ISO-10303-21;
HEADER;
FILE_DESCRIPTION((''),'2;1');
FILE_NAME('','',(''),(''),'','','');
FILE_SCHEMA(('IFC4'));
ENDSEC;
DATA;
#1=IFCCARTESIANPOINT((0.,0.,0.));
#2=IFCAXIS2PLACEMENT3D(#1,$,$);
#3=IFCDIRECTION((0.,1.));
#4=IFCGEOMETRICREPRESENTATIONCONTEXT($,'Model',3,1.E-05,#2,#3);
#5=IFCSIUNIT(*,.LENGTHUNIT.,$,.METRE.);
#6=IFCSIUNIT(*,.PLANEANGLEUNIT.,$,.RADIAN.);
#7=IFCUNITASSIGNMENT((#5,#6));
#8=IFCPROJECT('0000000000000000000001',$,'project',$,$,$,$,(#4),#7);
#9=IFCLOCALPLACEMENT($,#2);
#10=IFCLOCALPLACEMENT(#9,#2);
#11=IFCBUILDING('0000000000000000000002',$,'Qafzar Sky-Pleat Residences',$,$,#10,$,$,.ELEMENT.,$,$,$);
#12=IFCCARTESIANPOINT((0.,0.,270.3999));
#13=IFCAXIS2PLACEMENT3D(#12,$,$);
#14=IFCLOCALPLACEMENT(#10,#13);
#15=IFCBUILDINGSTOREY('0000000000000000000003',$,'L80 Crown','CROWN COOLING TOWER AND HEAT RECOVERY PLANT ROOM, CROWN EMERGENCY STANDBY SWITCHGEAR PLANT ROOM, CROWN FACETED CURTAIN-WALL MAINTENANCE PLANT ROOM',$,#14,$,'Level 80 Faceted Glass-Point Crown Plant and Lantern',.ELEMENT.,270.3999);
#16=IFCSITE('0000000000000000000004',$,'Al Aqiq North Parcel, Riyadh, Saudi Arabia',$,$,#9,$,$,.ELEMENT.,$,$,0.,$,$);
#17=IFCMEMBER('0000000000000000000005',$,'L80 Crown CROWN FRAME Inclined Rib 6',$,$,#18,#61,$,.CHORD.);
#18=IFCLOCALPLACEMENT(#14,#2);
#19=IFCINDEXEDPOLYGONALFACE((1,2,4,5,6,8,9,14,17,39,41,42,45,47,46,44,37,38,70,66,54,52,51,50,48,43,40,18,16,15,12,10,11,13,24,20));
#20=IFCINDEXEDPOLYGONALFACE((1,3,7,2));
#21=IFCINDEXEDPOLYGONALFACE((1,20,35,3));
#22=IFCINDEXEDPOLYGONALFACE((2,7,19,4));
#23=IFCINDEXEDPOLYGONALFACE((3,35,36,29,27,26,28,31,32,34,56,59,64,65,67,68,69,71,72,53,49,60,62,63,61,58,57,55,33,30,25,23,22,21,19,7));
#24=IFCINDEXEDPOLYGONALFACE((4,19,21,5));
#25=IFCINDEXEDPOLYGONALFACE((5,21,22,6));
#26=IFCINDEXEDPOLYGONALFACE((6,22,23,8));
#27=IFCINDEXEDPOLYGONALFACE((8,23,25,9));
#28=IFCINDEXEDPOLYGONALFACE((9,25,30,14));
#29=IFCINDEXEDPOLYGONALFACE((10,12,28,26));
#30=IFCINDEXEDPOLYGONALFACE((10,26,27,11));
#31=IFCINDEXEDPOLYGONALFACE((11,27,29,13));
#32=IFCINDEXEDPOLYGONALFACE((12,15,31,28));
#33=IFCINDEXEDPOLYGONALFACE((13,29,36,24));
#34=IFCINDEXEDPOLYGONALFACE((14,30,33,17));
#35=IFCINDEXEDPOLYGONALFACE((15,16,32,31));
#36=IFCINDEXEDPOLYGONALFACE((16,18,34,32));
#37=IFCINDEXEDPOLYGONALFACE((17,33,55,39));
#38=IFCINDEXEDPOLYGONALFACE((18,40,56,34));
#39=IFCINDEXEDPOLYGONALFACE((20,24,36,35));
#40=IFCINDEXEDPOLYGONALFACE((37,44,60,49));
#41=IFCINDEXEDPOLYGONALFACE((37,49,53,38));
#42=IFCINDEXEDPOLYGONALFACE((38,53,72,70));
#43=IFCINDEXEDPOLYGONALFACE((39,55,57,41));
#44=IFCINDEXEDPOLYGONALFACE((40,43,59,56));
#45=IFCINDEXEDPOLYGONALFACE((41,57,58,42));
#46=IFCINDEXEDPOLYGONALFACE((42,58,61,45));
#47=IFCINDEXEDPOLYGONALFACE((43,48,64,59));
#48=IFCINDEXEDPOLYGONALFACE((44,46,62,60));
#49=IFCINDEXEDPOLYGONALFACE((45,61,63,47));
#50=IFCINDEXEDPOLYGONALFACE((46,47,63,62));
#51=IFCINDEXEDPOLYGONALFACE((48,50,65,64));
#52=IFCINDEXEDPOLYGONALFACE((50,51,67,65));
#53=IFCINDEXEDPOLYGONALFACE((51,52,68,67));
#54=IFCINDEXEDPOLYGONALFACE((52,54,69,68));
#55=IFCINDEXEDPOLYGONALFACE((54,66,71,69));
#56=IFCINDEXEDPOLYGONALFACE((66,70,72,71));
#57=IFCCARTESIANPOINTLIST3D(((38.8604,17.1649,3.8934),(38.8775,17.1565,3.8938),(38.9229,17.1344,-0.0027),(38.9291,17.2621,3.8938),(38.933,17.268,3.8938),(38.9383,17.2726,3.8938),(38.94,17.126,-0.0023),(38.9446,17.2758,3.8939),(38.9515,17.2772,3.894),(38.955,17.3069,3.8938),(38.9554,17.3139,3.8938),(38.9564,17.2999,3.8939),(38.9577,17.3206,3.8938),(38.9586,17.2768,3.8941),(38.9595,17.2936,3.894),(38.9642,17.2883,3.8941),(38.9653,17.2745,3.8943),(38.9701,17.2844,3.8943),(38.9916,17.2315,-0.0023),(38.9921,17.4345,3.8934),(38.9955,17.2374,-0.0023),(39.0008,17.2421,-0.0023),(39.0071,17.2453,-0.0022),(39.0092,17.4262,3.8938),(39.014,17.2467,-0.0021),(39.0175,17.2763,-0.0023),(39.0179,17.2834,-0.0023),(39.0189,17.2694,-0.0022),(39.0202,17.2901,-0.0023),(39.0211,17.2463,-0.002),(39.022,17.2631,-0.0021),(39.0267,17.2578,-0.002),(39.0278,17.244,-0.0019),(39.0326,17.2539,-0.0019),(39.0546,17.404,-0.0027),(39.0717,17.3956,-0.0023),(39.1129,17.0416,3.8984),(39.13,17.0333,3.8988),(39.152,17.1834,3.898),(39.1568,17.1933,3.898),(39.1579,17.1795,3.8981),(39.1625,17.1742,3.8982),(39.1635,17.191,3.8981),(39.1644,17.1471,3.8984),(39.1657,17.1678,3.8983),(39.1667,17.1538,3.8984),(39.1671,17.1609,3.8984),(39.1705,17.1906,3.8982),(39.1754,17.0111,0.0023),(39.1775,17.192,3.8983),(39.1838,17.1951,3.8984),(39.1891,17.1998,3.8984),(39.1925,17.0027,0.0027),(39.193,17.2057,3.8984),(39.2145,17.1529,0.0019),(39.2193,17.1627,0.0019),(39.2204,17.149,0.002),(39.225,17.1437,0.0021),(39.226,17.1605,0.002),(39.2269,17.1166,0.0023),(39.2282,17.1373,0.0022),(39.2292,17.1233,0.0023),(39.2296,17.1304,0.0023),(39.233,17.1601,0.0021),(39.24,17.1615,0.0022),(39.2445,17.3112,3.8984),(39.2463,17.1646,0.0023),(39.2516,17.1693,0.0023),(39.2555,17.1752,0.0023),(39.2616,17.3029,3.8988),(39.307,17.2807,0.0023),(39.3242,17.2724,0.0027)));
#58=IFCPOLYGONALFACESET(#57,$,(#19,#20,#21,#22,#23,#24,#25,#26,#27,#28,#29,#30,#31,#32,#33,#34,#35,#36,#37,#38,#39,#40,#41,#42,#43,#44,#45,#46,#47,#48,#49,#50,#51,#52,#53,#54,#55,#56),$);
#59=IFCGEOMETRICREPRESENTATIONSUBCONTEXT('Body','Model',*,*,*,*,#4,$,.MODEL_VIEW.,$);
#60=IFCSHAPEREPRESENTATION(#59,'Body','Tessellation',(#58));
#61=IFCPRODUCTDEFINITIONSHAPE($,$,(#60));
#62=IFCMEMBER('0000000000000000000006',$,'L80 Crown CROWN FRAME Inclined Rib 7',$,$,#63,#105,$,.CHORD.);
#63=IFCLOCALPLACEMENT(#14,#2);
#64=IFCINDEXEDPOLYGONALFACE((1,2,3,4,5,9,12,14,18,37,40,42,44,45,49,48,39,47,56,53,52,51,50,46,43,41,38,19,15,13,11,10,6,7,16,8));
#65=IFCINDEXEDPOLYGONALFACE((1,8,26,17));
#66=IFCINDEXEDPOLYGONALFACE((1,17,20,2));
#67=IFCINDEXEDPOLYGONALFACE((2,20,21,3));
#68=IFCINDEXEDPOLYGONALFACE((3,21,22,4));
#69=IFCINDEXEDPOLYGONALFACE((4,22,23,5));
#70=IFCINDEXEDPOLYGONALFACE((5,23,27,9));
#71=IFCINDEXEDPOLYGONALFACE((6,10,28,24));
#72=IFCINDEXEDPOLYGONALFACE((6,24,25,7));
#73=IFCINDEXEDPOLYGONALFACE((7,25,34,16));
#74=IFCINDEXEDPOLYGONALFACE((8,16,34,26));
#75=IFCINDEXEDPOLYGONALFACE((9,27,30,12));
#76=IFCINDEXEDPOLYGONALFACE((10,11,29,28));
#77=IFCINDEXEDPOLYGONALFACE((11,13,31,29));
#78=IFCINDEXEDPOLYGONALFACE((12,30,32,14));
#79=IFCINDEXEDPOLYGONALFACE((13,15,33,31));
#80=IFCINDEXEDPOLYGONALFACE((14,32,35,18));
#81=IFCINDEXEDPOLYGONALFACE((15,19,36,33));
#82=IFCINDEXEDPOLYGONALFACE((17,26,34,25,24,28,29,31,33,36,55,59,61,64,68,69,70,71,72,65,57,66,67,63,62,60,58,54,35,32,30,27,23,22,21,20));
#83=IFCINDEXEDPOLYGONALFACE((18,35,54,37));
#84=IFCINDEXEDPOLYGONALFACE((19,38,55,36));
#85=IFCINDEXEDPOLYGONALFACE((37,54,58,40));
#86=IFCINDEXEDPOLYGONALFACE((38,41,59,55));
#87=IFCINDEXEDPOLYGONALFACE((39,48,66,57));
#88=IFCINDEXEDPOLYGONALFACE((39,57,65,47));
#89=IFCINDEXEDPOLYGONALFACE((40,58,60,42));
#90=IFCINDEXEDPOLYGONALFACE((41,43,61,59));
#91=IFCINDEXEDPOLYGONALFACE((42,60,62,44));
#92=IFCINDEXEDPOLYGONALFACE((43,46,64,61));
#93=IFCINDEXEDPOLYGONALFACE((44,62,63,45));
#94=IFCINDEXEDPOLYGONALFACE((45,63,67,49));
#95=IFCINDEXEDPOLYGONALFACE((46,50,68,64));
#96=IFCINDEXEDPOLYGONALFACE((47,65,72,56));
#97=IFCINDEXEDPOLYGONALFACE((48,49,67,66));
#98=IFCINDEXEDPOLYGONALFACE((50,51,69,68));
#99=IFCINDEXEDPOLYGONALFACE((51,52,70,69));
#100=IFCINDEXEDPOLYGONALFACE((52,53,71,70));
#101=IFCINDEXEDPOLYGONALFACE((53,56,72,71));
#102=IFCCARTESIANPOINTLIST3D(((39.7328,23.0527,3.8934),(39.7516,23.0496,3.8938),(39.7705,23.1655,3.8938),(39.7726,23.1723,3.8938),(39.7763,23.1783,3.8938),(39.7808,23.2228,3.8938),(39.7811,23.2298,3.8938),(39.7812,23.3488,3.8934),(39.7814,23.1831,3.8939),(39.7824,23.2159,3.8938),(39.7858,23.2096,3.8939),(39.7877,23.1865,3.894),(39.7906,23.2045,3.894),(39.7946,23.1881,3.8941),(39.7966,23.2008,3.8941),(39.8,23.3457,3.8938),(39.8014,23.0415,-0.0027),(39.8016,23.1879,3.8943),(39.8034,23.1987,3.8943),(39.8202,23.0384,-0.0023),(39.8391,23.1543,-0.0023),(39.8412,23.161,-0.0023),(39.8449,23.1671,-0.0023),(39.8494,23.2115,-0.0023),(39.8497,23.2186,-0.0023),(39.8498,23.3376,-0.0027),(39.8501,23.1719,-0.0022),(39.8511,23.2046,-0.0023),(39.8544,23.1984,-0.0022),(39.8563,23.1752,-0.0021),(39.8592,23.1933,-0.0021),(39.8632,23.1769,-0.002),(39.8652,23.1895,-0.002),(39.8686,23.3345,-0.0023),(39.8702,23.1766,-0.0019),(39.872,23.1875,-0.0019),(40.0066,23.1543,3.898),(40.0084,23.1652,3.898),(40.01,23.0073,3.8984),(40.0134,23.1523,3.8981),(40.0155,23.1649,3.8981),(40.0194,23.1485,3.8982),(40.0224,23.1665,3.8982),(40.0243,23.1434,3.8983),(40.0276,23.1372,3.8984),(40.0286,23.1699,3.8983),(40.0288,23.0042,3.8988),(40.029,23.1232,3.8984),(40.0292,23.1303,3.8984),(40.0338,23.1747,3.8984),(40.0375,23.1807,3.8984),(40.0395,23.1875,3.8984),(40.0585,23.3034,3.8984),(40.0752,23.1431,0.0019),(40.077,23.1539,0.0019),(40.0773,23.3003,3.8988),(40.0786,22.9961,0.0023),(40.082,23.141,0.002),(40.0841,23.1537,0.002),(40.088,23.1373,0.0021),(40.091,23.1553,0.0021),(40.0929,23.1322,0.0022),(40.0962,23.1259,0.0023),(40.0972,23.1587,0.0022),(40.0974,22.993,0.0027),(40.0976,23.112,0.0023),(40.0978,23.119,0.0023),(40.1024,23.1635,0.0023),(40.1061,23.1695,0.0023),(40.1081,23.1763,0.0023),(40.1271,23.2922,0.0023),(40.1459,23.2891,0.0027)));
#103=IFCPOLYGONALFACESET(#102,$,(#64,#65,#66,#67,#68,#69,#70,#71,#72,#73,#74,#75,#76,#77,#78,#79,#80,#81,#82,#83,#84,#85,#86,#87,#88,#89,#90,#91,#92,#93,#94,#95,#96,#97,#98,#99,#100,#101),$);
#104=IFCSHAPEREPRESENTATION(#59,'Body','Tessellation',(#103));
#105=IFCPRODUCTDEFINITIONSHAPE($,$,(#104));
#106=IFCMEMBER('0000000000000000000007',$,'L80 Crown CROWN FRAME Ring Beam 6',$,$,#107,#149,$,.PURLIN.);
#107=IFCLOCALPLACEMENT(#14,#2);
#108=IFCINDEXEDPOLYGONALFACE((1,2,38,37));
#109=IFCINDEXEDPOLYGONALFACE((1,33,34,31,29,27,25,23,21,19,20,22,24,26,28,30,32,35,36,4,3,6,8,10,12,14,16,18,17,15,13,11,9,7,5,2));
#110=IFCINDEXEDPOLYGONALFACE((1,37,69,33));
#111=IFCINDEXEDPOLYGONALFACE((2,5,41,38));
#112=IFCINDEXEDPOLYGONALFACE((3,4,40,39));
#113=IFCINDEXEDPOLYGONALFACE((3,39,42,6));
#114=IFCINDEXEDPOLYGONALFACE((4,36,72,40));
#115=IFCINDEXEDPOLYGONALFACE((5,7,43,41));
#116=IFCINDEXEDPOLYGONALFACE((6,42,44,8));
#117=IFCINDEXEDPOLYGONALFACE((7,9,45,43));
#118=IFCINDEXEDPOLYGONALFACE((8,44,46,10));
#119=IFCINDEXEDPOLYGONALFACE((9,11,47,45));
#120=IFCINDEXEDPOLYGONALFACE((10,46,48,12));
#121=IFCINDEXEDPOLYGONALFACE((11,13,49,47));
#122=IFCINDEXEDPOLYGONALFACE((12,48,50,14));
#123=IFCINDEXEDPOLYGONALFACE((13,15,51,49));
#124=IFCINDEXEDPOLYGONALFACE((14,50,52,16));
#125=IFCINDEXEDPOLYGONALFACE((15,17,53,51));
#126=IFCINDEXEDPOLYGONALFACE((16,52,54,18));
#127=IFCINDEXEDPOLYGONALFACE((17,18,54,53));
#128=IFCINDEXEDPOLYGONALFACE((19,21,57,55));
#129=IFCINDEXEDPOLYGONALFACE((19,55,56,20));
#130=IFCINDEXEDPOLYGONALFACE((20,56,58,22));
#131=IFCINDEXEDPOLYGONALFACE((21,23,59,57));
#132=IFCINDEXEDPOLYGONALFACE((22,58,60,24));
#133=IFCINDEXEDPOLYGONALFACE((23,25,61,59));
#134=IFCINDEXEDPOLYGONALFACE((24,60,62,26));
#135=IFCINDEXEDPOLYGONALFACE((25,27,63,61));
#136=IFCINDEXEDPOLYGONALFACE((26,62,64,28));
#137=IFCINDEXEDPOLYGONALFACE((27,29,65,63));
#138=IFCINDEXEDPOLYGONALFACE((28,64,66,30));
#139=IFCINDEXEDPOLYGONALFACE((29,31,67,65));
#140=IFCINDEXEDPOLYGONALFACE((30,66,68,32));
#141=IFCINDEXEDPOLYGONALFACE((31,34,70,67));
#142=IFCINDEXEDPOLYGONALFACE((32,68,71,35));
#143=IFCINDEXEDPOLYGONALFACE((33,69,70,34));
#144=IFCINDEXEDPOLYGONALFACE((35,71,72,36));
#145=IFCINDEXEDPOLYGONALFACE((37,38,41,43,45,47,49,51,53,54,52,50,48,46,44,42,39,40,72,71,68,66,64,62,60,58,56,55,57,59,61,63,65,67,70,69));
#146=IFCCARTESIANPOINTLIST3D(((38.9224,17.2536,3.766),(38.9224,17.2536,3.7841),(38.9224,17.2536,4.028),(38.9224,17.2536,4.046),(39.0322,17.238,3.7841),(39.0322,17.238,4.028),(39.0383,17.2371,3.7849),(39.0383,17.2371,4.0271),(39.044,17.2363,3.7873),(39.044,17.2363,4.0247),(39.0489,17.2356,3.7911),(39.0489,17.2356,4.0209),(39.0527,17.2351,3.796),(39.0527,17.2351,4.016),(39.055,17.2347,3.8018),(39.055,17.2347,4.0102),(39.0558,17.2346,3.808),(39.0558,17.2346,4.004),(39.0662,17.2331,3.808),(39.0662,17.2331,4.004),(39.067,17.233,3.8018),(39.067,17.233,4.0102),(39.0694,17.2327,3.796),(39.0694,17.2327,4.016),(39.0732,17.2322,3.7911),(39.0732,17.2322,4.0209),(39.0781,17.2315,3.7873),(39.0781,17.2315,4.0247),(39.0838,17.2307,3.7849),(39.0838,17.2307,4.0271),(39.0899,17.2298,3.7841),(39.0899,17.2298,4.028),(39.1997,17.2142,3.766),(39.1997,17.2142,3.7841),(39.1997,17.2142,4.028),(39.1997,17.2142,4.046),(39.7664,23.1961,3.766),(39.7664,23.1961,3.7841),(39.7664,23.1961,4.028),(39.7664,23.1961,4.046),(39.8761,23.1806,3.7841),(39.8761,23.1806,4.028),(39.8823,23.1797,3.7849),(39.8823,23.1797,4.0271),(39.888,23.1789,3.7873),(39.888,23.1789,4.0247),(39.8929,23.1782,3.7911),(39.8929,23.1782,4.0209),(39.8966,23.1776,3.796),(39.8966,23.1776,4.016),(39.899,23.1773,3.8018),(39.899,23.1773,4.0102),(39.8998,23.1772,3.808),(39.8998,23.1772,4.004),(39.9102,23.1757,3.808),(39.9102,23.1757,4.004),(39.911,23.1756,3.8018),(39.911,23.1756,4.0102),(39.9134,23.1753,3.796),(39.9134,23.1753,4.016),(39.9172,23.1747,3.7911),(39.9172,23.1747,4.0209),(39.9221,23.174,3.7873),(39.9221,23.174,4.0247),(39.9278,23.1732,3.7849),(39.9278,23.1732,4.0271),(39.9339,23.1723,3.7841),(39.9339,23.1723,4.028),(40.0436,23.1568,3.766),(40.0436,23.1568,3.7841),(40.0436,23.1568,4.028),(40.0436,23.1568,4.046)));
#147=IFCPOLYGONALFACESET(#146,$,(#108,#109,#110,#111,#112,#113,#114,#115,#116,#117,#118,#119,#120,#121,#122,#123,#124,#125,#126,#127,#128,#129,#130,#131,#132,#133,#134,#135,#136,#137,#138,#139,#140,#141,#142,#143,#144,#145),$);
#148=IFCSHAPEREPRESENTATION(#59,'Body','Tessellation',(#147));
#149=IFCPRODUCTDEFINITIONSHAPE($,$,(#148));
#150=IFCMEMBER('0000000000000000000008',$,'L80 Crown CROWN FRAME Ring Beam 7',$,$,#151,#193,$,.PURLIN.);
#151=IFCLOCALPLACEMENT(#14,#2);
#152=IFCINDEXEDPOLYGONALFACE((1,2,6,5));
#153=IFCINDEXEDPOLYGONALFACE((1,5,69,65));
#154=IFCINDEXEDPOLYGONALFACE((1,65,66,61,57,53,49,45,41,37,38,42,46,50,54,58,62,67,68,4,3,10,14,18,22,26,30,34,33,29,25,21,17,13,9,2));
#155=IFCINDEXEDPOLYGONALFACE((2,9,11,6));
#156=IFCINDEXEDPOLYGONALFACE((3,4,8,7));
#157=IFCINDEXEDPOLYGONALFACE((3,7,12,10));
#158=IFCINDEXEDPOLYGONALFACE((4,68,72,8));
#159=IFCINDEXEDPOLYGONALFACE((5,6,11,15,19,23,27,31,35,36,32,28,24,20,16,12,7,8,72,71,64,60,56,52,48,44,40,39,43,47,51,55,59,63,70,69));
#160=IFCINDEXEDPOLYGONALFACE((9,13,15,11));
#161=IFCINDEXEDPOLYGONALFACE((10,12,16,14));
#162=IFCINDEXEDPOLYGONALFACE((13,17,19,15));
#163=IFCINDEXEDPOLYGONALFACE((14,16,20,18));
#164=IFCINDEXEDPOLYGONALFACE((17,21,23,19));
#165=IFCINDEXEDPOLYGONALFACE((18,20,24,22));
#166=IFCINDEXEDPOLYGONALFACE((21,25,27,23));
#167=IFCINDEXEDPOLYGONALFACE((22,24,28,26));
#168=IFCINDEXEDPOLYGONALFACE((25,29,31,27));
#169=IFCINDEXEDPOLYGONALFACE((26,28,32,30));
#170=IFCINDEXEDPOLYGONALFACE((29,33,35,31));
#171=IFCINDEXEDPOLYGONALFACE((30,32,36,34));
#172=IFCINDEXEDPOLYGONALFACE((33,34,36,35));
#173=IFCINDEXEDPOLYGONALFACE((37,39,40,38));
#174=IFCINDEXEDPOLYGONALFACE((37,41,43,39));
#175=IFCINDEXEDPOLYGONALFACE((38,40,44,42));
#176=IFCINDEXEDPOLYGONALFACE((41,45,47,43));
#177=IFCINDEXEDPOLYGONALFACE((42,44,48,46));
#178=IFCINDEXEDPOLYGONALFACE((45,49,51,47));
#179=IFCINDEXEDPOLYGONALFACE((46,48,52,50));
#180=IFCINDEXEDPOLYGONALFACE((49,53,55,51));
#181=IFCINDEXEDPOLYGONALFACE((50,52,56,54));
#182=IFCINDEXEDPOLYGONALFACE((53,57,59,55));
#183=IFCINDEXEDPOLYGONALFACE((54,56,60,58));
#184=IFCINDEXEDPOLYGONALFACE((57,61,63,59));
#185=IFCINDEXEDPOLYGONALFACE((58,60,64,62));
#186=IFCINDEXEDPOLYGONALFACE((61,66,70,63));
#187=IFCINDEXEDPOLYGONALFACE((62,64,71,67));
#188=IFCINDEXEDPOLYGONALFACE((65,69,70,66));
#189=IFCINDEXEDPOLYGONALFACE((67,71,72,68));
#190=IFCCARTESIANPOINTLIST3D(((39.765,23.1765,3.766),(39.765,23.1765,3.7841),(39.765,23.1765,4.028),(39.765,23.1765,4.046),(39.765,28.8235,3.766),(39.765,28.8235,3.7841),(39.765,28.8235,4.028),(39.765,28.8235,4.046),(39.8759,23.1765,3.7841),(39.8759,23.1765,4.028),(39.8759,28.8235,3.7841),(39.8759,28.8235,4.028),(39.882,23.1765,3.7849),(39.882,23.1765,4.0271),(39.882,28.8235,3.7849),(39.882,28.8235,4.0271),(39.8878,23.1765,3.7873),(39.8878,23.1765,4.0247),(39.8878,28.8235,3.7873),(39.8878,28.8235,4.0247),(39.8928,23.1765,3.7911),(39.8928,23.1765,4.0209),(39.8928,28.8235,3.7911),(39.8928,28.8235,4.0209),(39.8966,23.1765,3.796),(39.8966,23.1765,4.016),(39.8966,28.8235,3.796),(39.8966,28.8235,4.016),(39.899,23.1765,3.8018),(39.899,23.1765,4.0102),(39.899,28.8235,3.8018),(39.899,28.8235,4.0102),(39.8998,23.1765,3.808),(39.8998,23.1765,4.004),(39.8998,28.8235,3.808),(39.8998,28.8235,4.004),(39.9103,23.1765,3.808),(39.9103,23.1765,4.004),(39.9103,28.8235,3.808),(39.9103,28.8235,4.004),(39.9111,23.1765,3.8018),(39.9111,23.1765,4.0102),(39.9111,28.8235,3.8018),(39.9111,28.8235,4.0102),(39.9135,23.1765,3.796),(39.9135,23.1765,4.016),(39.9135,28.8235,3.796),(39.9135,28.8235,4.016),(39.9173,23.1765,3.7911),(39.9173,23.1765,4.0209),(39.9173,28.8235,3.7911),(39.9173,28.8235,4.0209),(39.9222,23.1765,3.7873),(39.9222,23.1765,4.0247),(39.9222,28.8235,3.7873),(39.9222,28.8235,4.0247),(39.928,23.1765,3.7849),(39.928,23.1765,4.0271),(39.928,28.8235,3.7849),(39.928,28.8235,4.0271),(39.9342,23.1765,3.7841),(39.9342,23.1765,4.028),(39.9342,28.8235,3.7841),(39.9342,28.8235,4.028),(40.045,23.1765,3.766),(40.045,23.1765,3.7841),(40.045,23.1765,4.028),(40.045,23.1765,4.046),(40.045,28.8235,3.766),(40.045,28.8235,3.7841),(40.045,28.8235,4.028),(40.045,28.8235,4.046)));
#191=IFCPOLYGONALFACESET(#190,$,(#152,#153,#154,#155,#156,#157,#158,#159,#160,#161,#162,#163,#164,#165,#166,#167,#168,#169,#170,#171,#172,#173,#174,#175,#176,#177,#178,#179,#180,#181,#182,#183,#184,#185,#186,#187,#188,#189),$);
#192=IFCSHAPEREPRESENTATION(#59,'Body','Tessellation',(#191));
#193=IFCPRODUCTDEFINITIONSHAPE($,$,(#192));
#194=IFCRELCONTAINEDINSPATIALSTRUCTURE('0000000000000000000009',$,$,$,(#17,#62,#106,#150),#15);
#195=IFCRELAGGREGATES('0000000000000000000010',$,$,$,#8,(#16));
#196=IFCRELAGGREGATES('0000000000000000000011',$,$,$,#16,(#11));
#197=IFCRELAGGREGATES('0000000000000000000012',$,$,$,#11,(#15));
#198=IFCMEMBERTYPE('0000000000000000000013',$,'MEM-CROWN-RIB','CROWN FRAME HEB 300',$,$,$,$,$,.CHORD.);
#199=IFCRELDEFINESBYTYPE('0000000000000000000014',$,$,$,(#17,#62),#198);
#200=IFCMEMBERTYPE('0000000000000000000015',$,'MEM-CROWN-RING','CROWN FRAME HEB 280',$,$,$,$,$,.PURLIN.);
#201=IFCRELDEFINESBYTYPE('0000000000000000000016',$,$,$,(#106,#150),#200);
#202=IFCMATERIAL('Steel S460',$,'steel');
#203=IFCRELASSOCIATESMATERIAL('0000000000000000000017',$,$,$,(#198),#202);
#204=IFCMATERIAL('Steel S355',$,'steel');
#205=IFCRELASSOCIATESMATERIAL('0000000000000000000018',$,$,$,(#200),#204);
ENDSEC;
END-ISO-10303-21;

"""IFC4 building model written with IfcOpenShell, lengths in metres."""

from ifc_helpers import new_model, si_unit, direction, frame, origin, origin_2d, place, context, subcontext, project, spatial, i_section, extrude, source, transform, mapped, material, material_profile, profile_set, type_object, element, save


model = new_model("IFC4")

# Units and contexts
model_context = context("Model", 3, precision=1e-05, world=origin(), true_north=direction((0.0, 1.0)))
body_context = subcontext(model_context, "Body", "Model", "MODEL_VIEW")
ifc_project = project(units=[si_unit("LENGTHUNIT", "METRE"), si_unit("PLANEANGLEUNIT", "RADIAN")], contexts=[model_context])

# Site, building, storey
site_placement = place(None, origin())
site = spatial("IfcSite", under=ifc_project, at=site_placement, Name="Al Aqiq North Parcel, Riyadh, Saudi Arabia", CompositionType="ELEMENT", RefElevation=0.0)
building_placement = place(site_placement, origin())
building = spatial("IfcBuilding", under=site, at=building_placement, Name="Qafzar Sky-Pleat Residences", CompositionType="ELEMENT")
storey_placement = place(building_placement, frame((0.0, 0.0, 270.3999)))
storey = spatial("IfcBuildingStorey", under=building, at=storey_placement, Name="L80 Crown", Description="CROWN COOLING TOWER AND HEAT RECOVERY PLANT ROOM, CROWN EMERGENCY STANDBY SWITCHGEAR PLANT ROOM, CROWN FACETED CURTAIN-WALL MAINTENANCE PLANT ROOM", LongName="Level 80 Faceted Glass-Point Crown Plant and Lantern", CompositionType="ELEMENT", Elevation=270.3999)

# Members
ifc_material_1 = material(Name="Steel S460", Category="steel")
ifc_material_profile_1 = material_profile(ifc_material_1, i_section(OverallWidth=0.3, OverallDepth=0.3, WebThickness=0.011, FlangeThickness=0.019, FilletRadius=0.0271, at=origin_2d()), Name="HEB 300")
ifc_profile_set_1 = profile_set([ifc_material_profile_1], Name="Steel S460")
member_type_1 = type_object("IfcMemberType", Name="MEM-CROWN-RIB", Description="CROWN FRAME HEB 300", PredefinedType="CHORD", material=ifc_profile_set_1)
shared_shape_1 = source(origin(), body_context, "Body", "SweptSolid", [
    extrude(i_section(OverallWidth=0.3, OverallDepth=0.3, WebThickness=0.011, FlangeThickness=0.019, FilletRadius=0.0271, at=origin_2d()), origin(), (0.0, 0.0, 1.0), 3.8967),
])
for number, where, z_axis, x_axis, name in (
    (1, (39.1235, 17.2034, 0.0), (-0.01604, 0.007832, 0.999841), (-0.438769, -0.8986, 0.0), "L80 Crown CROWN FRAME Inclined Rib 6"),
    (2, (39.9736, 23.1653, 0.0), (-0.017606, 0.002882, 0.999841), (-0.161551, -0.986864, 0.0), "L80 Crown CROWN FRAME Inclined Rib 7"),
):
    element("IfcMember", number, at=place(storey_placement, frame(where, z_axis=z_axis, x_axis=x_axis)), inside=storey, type_object=member_type_1, Name=name, PredefinedType="CHORD", context=body_context, shape_type="MappedRepresentation", body=[
        mapped(shared_shape_1, transform((0.0, 0.0, 0.0), x_axis=(1.0, 0.0, 0.0), y_axis=(0.0, 1.0, 0.0), z_axis=(0.0, 0.0, 1.0), scale=1.0)),
    ])
ifc_material_2 = material(Name="Steel S355", Category="steel")
ifc_material_profile_2 = material_profile(ifc_material_2, i_section(OverallWidth=0.28, OverallDepth=0.28, WebThickness=0.0105, FlangeThickness=0.0181, FilletRadius=0.0239, at=origin_2d()), Name="HEB 280")
ifc_profile_set_2 = profile_set([ifc_material_profile_2], Name="Steel S355")
member_type_2 = type_object("IfcMemberType", Name="MEM-CROWN-RING", Description="CROWN FRAME HEB 280", PredefinedType="PURLIN", material=ifc_profile_set_2)
shared_shape_2 = source(origin(), body_context, "Body", "SweptSolid", [
    extrude(i_section(OverallWidth=0.28, OverallDepth=0.28, WebThickness=0.0105, FlangeThickness=0.0181, FilletRadius=0.0239, at=origin_2d()), origin(), (0.0, 0.0, 1.0), 6.0022),
])
member_1_placement = place(storey_placement, frame((39.061, 17.2339, 3.906), z_axis=(0.140613, 0.990065, 0.0), x_axis=(-0.990065, 0.140613, 0.0)))
element("IfcMember", 3, at=member_1_placement, inside=storey, type_object=member_type_2, Name="L80 Crown CROWN FRAME Ring Beam 6", PredefinedType="PURLIN", context=body_context, shape_type="MappedRepresentation", body=[
    mapped(shared_shape_2, transform((0.0, 0.0, 0.0), x_axis=(1.0, 0.0, 0.0), y_axis=(0.0, 1.0, 0.0), z_axis=(0.0, 0.0, 1.0), scale=1.0)),
])
shared_shape_3 = source(origin(), body_context, "Body", "SweptSolid", [
    extrude(i_section(OverallWidth=0.28, OverallDepth=0.28, WebThickness=0.0105, FlangeThickness=0.0181, FilletRadius=0.0239, at=origin_2d()), origin(), (0.0, 0.0, 1.0), 5.647),
])
member_2_placement = place(storey_placement, frame((39.905, 23.1765, 3.906), z_axis=(0.0, 1.0, 0.0), x_axis=(-1.0, 0.0, 0.0)))
element("IfcMember", 4, at=member_2_placement, inside=storey, type_object=member_type_2, Name="L80 Crown CROWN FRAME Ring Beam 7", PredefinedType="PURLIN", context=body_context, shape_type="MappedRepresentation", body=[
    mapped(shared_shape_3, transform((0.0, 0.0, 0.0), x_axis=(1.0, 0.0, 0.0), y_axis=(0.0, 1.0, 0.0), z_axis=(0.0, 0.0, 1.0), scale=1.0)),
])

save(model, "model.ifc")
